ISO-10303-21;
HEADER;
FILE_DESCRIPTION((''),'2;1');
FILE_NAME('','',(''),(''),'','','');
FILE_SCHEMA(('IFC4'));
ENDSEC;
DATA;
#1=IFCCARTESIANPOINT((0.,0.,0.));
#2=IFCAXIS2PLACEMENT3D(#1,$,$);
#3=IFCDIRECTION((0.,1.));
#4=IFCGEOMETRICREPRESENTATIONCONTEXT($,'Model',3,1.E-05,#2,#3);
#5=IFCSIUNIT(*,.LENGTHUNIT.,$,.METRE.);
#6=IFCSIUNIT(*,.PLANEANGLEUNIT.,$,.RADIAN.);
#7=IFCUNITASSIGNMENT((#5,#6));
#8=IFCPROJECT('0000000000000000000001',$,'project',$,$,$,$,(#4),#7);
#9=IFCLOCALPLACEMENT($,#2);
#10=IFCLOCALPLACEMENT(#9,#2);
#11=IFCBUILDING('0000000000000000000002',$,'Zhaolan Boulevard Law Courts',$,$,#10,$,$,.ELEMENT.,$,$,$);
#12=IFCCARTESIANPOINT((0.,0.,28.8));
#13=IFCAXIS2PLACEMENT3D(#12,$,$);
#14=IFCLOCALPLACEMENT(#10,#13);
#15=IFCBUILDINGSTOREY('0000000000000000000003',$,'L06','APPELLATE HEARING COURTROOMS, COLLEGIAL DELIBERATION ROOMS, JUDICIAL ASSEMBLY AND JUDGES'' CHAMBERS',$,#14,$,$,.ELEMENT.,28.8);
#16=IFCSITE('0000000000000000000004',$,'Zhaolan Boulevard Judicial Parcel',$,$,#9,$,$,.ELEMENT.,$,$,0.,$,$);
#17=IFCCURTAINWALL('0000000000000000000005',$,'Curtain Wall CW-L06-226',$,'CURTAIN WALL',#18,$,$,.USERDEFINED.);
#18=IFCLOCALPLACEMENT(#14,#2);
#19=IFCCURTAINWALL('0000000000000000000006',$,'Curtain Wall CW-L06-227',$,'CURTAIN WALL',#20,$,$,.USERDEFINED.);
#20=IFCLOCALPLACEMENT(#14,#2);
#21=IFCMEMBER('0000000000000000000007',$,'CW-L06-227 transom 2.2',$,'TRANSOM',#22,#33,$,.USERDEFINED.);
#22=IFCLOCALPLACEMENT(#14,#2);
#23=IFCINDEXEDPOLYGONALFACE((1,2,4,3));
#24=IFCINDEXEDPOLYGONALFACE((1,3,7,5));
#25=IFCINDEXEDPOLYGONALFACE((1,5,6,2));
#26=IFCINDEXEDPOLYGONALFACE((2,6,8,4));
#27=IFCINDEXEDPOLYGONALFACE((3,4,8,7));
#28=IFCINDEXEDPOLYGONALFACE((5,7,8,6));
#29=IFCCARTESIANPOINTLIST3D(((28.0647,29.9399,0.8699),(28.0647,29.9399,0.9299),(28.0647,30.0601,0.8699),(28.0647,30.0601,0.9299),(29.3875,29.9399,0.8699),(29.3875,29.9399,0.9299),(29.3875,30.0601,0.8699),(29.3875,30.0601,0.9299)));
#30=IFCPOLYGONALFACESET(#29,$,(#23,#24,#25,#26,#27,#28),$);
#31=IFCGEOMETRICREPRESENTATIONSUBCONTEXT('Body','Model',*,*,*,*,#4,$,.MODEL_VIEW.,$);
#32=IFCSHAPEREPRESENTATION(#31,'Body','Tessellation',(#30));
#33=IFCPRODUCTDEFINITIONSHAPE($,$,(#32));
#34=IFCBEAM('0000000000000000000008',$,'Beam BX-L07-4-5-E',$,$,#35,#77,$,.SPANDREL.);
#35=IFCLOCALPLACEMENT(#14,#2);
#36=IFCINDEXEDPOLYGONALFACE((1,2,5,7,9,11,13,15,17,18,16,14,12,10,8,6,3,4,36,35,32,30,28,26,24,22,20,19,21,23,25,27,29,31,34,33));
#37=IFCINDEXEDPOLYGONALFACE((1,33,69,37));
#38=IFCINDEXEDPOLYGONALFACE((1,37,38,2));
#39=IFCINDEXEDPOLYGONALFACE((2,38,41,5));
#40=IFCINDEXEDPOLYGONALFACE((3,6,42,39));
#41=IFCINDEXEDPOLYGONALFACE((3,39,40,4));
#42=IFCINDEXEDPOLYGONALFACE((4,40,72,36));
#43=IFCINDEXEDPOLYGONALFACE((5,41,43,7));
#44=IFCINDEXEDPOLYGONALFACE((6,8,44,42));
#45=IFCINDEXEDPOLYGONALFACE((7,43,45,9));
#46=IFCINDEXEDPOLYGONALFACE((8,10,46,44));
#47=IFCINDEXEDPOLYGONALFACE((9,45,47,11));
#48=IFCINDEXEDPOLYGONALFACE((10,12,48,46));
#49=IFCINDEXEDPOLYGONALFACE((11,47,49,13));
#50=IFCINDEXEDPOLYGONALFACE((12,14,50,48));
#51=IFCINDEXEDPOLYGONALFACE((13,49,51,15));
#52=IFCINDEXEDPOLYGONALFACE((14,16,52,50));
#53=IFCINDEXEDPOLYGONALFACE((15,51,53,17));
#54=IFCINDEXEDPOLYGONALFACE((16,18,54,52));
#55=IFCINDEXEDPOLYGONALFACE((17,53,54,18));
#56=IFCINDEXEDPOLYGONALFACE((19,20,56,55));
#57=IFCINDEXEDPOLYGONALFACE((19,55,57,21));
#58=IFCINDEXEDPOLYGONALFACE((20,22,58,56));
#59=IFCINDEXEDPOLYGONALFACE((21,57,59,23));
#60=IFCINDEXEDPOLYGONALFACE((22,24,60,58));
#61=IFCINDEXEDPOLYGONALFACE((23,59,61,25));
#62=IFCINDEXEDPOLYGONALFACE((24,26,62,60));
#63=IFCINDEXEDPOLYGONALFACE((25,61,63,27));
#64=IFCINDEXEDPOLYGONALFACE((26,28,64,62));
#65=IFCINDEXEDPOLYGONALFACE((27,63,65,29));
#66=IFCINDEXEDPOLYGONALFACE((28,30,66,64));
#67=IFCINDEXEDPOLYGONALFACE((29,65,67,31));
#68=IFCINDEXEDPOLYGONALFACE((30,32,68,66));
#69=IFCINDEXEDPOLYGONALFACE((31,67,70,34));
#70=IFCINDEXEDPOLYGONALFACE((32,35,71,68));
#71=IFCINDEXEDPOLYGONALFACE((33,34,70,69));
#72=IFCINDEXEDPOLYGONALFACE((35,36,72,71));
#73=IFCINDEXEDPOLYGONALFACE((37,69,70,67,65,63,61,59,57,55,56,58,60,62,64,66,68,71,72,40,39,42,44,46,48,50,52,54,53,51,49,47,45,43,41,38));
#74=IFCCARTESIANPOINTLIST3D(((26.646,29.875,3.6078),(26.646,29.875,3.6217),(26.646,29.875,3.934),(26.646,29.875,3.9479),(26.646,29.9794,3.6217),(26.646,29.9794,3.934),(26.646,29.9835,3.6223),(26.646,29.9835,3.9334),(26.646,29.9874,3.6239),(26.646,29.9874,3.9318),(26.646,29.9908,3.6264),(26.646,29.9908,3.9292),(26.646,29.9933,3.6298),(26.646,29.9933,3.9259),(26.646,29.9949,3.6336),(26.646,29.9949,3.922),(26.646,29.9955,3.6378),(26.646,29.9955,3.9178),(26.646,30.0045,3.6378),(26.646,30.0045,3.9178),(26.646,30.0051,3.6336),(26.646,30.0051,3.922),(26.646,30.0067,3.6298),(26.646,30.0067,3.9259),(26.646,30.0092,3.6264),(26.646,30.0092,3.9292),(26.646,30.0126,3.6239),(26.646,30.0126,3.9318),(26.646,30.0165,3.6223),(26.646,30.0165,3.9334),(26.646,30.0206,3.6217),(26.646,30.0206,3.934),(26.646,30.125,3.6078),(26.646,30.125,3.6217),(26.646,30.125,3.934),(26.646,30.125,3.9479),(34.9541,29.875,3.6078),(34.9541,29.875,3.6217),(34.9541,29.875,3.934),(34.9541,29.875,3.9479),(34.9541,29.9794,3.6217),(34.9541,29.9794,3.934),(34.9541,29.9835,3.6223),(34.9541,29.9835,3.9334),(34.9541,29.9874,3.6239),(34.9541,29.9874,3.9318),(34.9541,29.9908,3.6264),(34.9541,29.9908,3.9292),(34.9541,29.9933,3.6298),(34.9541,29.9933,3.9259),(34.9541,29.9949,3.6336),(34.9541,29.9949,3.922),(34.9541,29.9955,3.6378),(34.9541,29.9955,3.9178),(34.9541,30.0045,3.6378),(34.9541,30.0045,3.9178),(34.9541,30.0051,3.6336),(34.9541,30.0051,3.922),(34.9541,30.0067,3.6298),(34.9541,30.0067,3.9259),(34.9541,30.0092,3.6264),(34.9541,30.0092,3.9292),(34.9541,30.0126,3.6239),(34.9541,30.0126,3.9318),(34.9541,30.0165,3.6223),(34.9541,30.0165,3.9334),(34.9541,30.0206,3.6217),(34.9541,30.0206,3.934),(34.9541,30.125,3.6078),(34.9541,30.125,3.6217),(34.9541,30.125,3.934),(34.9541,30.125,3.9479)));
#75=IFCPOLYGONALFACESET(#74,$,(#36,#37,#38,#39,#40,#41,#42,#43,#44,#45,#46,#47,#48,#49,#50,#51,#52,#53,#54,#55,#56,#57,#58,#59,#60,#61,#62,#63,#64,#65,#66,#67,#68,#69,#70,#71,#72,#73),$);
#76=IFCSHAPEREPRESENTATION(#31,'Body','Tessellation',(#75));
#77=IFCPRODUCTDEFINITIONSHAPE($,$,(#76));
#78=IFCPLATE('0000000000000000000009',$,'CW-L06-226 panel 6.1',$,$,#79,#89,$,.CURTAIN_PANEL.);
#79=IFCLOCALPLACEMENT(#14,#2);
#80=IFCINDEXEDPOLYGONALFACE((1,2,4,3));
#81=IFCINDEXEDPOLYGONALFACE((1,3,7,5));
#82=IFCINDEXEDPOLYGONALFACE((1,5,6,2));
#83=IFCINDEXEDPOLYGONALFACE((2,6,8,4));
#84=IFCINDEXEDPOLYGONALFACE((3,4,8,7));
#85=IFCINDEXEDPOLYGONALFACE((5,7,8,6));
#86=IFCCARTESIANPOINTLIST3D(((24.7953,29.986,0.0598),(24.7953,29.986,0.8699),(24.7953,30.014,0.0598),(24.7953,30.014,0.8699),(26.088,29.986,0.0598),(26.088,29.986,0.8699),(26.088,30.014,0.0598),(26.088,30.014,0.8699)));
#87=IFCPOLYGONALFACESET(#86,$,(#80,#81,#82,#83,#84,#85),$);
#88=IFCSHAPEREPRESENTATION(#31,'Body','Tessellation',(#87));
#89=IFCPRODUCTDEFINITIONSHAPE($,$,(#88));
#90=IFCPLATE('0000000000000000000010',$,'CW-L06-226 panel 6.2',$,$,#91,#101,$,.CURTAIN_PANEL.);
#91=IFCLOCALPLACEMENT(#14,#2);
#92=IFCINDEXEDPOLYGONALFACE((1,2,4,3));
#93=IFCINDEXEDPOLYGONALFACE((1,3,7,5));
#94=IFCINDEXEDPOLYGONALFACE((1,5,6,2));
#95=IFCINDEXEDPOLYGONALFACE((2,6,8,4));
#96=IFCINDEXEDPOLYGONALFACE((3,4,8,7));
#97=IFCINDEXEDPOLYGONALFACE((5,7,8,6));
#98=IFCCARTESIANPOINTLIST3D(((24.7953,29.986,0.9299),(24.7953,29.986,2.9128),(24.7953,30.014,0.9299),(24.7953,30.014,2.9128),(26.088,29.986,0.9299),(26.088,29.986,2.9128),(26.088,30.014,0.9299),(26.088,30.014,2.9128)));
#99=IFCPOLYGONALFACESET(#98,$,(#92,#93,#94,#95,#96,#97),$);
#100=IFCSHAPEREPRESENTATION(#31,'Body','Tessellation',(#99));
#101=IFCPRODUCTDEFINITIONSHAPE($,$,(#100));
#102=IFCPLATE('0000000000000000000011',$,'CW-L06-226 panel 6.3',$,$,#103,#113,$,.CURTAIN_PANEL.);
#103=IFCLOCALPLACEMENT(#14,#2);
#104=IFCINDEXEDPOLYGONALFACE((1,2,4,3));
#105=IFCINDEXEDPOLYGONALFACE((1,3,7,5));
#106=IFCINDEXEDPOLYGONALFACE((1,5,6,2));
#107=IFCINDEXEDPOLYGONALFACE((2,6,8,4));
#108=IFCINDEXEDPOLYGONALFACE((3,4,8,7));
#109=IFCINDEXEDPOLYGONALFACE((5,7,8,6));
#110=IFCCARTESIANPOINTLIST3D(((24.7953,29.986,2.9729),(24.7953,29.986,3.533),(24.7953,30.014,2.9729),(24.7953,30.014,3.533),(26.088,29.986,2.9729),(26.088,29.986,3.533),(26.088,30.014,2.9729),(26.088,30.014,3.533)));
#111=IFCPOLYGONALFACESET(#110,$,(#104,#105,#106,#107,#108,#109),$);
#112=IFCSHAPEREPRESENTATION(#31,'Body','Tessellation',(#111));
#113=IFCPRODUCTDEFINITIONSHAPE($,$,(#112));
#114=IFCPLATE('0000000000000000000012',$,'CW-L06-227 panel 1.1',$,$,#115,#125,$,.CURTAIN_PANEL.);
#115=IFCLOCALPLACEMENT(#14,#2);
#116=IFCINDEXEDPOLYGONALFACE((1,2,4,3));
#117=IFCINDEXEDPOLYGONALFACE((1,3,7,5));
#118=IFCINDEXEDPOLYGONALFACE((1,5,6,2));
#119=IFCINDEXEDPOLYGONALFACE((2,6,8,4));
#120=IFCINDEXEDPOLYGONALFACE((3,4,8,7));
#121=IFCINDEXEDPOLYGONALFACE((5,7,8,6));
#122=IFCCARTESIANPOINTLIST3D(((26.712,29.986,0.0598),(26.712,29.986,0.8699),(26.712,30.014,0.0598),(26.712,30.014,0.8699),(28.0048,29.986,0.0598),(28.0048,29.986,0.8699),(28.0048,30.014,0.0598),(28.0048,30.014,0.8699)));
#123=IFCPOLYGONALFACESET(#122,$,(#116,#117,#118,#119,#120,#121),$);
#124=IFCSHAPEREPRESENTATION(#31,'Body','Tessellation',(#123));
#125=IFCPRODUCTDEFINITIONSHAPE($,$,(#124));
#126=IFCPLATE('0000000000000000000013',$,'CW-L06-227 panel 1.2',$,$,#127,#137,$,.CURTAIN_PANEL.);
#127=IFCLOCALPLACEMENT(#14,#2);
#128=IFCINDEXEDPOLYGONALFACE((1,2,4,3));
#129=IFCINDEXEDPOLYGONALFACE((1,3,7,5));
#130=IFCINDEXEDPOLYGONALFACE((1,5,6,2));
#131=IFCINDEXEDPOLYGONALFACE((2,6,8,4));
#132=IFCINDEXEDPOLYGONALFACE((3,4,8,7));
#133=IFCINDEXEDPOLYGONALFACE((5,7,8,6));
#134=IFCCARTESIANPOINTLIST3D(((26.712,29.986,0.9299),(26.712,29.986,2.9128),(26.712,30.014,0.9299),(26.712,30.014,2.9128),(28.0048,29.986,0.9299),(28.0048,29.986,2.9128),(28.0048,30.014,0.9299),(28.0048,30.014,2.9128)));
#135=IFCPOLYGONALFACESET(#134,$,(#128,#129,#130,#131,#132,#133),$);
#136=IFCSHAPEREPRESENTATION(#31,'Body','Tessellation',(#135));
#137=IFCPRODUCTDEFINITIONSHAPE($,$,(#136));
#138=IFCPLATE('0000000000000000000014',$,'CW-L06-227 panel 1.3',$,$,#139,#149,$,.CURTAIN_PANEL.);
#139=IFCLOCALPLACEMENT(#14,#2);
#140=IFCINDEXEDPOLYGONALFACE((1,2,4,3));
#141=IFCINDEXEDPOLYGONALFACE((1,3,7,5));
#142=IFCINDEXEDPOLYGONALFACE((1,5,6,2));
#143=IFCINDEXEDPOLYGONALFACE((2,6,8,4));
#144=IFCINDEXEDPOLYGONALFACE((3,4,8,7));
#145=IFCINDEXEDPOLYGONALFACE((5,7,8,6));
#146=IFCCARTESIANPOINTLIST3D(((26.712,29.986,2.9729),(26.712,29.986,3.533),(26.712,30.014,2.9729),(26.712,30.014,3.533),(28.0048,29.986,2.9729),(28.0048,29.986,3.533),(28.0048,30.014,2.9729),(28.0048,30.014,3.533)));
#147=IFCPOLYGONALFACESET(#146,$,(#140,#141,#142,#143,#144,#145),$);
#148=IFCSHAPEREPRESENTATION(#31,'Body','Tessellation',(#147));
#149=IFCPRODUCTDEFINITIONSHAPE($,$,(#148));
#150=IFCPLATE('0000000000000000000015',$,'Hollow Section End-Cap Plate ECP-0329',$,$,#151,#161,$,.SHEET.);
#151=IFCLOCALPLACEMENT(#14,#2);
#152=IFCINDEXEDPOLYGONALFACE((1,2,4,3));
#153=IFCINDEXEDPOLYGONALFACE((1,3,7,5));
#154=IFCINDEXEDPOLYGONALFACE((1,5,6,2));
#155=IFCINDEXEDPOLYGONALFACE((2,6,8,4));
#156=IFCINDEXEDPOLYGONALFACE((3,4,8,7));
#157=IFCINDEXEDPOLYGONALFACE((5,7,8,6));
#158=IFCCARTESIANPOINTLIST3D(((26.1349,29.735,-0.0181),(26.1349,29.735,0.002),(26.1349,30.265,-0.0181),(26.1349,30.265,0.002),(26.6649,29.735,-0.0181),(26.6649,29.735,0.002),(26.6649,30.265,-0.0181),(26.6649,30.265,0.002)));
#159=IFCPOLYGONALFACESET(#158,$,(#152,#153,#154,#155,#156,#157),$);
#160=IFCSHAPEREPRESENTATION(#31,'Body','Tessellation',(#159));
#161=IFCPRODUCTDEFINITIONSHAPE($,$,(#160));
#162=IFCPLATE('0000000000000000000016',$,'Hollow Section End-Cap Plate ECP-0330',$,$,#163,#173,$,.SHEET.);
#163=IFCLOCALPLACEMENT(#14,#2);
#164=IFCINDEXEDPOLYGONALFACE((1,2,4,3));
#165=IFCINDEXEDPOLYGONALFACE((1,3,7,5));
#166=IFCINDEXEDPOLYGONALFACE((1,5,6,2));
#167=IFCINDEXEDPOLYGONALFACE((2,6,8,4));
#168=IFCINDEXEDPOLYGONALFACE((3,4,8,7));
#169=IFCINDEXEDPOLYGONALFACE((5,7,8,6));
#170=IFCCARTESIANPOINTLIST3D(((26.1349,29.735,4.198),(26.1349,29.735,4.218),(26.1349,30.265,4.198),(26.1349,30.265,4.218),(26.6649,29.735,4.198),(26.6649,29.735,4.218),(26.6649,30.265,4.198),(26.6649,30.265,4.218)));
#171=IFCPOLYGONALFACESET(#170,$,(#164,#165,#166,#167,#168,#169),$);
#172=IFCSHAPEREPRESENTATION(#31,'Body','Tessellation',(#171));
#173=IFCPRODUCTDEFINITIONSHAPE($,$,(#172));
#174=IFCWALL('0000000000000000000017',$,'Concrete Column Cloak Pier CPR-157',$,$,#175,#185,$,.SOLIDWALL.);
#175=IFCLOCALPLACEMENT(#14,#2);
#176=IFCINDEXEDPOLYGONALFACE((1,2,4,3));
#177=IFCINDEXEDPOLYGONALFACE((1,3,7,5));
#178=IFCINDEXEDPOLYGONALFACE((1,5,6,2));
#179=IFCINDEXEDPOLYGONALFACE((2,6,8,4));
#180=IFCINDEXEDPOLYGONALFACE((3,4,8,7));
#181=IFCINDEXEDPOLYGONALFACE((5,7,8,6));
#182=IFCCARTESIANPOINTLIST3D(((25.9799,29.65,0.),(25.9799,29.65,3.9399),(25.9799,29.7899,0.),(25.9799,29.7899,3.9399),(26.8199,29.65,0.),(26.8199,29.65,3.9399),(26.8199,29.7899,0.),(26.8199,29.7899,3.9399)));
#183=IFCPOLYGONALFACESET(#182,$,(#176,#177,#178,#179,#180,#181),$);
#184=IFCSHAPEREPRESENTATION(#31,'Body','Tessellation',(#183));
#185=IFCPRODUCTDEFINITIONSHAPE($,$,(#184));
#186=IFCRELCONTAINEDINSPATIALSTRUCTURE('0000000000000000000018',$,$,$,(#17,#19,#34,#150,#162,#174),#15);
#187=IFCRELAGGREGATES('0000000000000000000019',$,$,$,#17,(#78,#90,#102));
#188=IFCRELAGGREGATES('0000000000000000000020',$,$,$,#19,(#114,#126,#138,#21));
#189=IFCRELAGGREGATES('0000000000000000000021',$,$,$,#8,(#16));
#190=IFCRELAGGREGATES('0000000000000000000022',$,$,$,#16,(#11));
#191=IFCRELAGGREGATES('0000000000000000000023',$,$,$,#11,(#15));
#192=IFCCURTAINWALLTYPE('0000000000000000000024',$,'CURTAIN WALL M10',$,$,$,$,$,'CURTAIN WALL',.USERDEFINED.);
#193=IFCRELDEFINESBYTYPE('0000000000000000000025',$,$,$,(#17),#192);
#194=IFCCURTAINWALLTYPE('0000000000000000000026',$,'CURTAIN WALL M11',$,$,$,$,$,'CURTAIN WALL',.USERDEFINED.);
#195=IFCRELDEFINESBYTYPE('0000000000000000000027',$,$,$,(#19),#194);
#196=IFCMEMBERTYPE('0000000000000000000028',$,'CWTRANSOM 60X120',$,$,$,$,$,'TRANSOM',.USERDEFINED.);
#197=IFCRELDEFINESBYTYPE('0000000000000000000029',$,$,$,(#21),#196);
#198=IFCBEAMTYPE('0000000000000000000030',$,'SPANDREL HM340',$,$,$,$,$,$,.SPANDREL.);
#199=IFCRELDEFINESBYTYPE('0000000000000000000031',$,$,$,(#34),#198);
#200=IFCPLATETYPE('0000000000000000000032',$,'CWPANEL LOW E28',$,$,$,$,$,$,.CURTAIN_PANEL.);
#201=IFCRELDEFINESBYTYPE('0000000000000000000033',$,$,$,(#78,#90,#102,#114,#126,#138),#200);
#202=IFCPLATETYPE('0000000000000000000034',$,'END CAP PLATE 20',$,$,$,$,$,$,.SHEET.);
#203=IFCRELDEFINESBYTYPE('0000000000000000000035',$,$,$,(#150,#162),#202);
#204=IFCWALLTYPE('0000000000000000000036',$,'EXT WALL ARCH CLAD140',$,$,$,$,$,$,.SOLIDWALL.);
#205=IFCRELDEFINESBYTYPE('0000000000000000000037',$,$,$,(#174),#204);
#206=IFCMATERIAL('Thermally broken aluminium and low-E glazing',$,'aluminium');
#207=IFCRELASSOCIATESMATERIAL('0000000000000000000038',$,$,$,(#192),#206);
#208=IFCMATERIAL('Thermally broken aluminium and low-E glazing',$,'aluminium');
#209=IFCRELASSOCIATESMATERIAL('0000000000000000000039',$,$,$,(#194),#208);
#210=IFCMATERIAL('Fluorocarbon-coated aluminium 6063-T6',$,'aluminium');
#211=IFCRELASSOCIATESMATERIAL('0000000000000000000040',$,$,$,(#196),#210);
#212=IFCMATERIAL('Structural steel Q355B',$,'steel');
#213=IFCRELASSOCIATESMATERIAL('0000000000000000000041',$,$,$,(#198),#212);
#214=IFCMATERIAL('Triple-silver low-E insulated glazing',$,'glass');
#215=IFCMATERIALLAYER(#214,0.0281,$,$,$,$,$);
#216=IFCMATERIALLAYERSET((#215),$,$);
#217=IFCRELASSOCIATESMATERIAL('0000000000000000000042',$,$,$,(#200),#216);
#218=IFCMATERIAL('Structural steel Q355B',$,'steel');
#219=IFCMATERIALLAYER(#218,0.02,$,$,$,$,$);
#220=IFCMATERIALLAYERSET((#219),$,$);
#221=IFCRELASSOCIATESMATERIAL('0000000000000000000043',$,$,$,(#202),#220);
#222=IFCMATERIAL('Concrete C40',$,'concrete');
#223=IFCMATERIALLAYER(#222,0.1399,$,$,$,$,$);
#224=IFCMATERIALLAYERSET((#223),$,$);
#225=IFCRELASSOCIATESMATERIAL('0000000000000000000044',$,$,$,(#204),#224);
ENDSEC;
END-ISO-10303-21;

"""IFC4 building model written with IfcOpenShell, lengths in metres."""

from ifc_helpers import new_model, si_unit, direction, frame, frame_2d, origin, origin_2d, place, context, subcontext, project, spatial, rectangle, i_section, extrude, material, layer, layer_set, material_profile, profile_set, type_object, element, aggregate, save


model = new_model("IFC4")

# Units and contexts
model_context = context("Model", 3, precision=1e-05, world=origin(), true_north=direction((0.0, 1.0)))
body_context = subcontext(model_context, "Body", "Model", "MODEL_VIEW")
ifc_project = project(units=[si_unit("LENGTHUNIT", "METRE"), si_unit("PLANEANGLEUNIT", "RADIAN")], contexts=[model_context])

# Site, building, storey
site_placement = place(None, origin())
site = spatial("IfcSite", under=ifc_project, at=site_placement, Name="Zhaolan Boulevard Judicial Parcel", CompositionType="ELEMENT", RefElevation=0.0)
building_placement = place(site_placement, origin())
building = spatial("IfcBuilding", under=site, at=building_placement, Name="Zhaolan Boulevard Law Courts", CompositionType="ELEMENT")
storey_placement = place(building_placement, frame((0.0, 0.0, 28.8)))
storey = spatial("IfcBuildingStorey", under=building, at=storey_placement, Name="L06", Description="APPELLATE HEARING COURTROOMS, COLLEGIAL DELIBERATION ROOMS, JUDICIAL ASSEMBLY AND JUDGES' CHAMBERS", CompositionType="ELEMENT", Elevation=28.8)

# Curtain wall
ifc_material_1 = material(Name="Thermally broken aluminium and low-E glazing", Category="aluminium")
curtain_wall_type_1 = type_object("IfcCurtainWallType", Name="CURTAIN WALL M10", ElementType="CURTAIN WALL", PredefinedType="USERDEFINED", material=ifc_material_1)
curtain_wall_1_placement = place(storey_placement, origin())
curtain_wall_1 = element("IfcCurtainWall", 1, at=curtain_wall_1_placement, inside=storey, type_object=curtain_wall_type_1, Name="Curtain Wall CW-L06-226", ObjectType="CURTAIN WALL", PredefinedType="USERDEFINED")

# Curtain wall
ifc_material_2 = material(Name="Thermally broken aluminium and low-E glazing", Category="aluminium")
curtain_wall_type_2 = type_object("IfcCurtainWallType", Name="CURTAIN WALL M11", ElementType="CURTAIN WALL", PredefinedType="USERDEFINED", material=ifc_material_2)
curtain_wall_2_placement = place(storey_placement, origin())
curtain_wall_2 = element("IfcCurtainWall", 2, at=curtain_wall_2_placement, inside=storey, type_object=curtain_wall_type_2, Name="Curtain Wall CW-L06-227", ObjectType="CURTAIN WALL", PredefinedType="USERDEFINED")

# Member
ifc_material_3 = material(Name="Fluorocarbon-coated aluminium 6063-T6", Category="aluminium")
ifc_material_profile_1 = material_profile(ifc_material_3, rectangle(XDim=0.1201, YDim=0.0601, at=origin_2d()), Name="AL60x120")
ifc_profile_set_1 = profile_set([ifc_material_profile_1], Name="Fluorocarbon-coated aluminium 6063-T6")
member_type_1 = type_object("IfcMemberType", Name="CWTRANSOM 60X120", ElementType="TRANSOM", PredefinedType="USERDEFINED", material=ifc_profile_set_1)
member_1_placement = place(storey_placement, frame((28.0647, 30.0, 0.8999), z_axis=(1.0, 0.0, 0.0), x_axis=(0.0, 1.0, 0.0)))
member_1 = element("IfcMember", 3, at=member_1_placement, type_object=member_type_1, Name="CW-L06-227 transom 2.2", ObjectType="TRANSOM", PredefinedType="USERDEFINED", context=body_context, shape_type="SweptSolid", body=[
    extrude(rectangle(XDim=0.1201, YDim=0.0601, at=origin_2d()), origin(), (0.0, 0.0, 1.0), 1.3228),
])

# Beam
ifc_material_4 = material(Name="Structural steel Q355B", Category="steel")
ifc_material_profile_2 = material_profile(ifc_material_4, i_section(OverallWidth=0.25, OverallDepth=0.3401, WebThickness=0.009, FlangeThickness=0.0139, FilletRadius=0.0161, at=origin_2d()), Name="HM340x250")
ifc_profile_set_2 = profile_set([ifc_material_profile_2], Name="Structural steel Q355B")
beam_type = type_object("IfcBeamType", Name="SPANDREL HM340", PredefinedType="SPANDREL", material=ifc_profile_set_2)
beam_placement = place(storey_placement, frame((26.646, 30.0, 3.7778), z_axis=(1.0, 0.0, 0.0), x_axis=(0.0, 1.0, 0.0)))
element("IfcBeam", 4, at=beam_placement, inside=storey, type_object=beam_type, Name="Beam BX-L07-4-5-E", PredefinedType="SPANDREL", context=body_context, shape_type="SweptSolid", body=[
    extrude(i_section(OverallWidth=0.25, OverallDepth=0.3401, WebThickness=0.009, FlangeThickness=0.0139, FilletRadius=0.0161, at=origin_2d()), origin(), (0.0, 0.0, 1.0), 8.3081),
])

# Plates
ifc_material_5 = material(Name="Triple-silver low-E insulated glazing", Category="glass")
ifc_layer_1 = layer(ifc_material_5, 0.0281)
ifc_layer_set_1 = layer_set([ifc_layer_1])
plate_type_1 = type_object("IfcPlateType", Name="CWPANEL LOW E28", PredefinedType="CURTAIN_PANEL", material=ifc_layer_set_1)
plate_1_placement = place(storey_placement, frame((25.4417, 30.0, 0.0598), z_axis=(0.0, 0.0, 1.0), x_axis=(1.0, 0.0, 0.0)))
plate_1 = element("IfcPlate", 5, at=plate_1_placement, type_object=plate_type_1, Name="CW-L06-226 panel 6.1", PredefinedType="CURTAIN_PANEL", context=body_context, shape_type="SweptSolid", body=[
    extrude(rectangle(XDim=1.2927, YDim=0.0281, at=origin_2d()), origin(), (0.0, 0.0, 1.0), 0.8101),
])
plate_2_placement = place(storey_placement, frame((25.4417, 30.0, 0.9299), z_axis=(0.0, 0.0, 1.0), x_axis=(1.0, 0.0, 0.0)))
plate_2 = element("IfcPlate", 6, at=plate_2_placement, type_object=plate_type_1, Name="CW-L06-226 panel 6.2", PredefinedType="CURTAIN_PANEL", context=body_context, shape_type="SweptSolid", body=[
    extrude(rectangle(XDim=1.2927, YDim=0.0281, at=origin_2d()), origin(), (0.0, 0.0, 1.0), 1.9829),
])
plate_3_placement = place(storey_placement, frame((25.4417, 30.0, 2.9729), z_axis=(0.0, 0.0, 1.0), x_axis=(1.0, 0.0, 0.0)))
plate_3 = element("IfcPlate", 7, at=plate_3_placement, type_object=plate_type_1, Name="CW-L06-226 panel 6.3", PredefinedType="CURTAIN_PANEL", context=body_context, shape_type="SweptSolid", body=[
    extrude(rectangle(XDim=1.2927, YDim=0.0281, at=origin_2d()), origin(), (0.0, 0.0, 1.0), 0.5601),
])
aggregate(curtain_wall_1, [plate_1, plate_2, plate_3])
plate_4_placement = place(storey_placement, frame((27.3584, 30.0, 0.0598), z_axis=(0.0, 0.0, 1.0), x_axis=(1.0, 0.0, 0.0)))
plate_4 = element("IfcPlate", 8, at=plate_4_placement, type_object=plate_type_1, Name="CW-L06-227 panel 1.1", PredefinedType="CURTAIN_PANEL", context=body_context, shape_type="SweptSolid", body=[
    extrude(rectangle(XDim=1.2927, YDim=0.0281, at=origin_2d()), origin(), (0.0, 0.0, 1.0), 0.8101),
])
plate_5_placement = place(storey_placement, frame((27.3584, 30.0, 0.9299), z_axis=(0.0, 0.0, 1.0), x_axis=(1.0, 0.0, 0.0)))
plate_5 = element("IfcPlate", 9, at=plate_5_placement, type_object=plate_type_1, Name="CW-L06-227 panel 1.2", PredefinedType="CURTAIN_PANEL", context=body_context, shape_type="SweptSolid", body=[
    extrude(rectangle(XDim=1.2927, YDim=0.0281, at=origin_2d()), origin(), (0.0, 0.0, 1.0), 1.9829),
])
plate_6_placement = place(storey_placement, frame((27.3584, 30.0, 2.9729), z_axis=(0.0, 0.0, 1.0), x_axis=(1.0, 0.0, 0.0)))
plate_6 = element("IfcPlate", 10, at=plate_6_placement, type_object=plate_type_1, Name="CW-L06-227 panel 1.3", PredefinedType="CURTAIN_PANEL", context=body_context, shape_type="SweptSolid", body=[
    extrude(rectangle(XDim=1.2927, YDim=0.0281, at=origin_2d()), origin(), (0.0, 0.0, 1.0), 0.5601),
])
aggregate(curtain_wall_2, [plate_4, plate_5, plate_6, member_1])

# Plates
ifc_material_6 = material(Name="Structural steel Q355B", Category="steel")
ifc_layer_2 = layer(ifc_material_6, 0.02)
ifc_layer_set_2 = layer_set([ifc_layer_2])
plate_type_2 = type_object("IfcPlateType", Name="END CAP PLATE 20", PredefinedType="SHEET", material=ifc_layer_set_2)
for number, where, z_axis, x_axis, name in (
    (11, (26.3999, 30.0, -0.0181), (0.0, 0.0, 1.0), (1.0, 0.0, 0.0), "Hollow Section End-Cap Plate ECP-0329"),
    (12, (26.3999, 30.0, 4.198), (0.0, 0.0, 1.0), (1.0, 0.0, 0.0), "Hollow Section End-Cap Plate ECP-0330"),
):
    element("IfcPlate", number, at=place(storey_placement, frame(where, z_axis=z_axis, x_axis=x_axis)), inside=storey, type_object=plate_type_2, Name=name, PredefinedType="SHEET", context=body_context, shape_type="SweptSolid", body=[
        extrude(rectangle(XDim=0.53, YDim=0.53, at=origin_2d()), origin(), (0.0, 0.0, 1.0), 0.02),
    ])

# Wall
ifc_material_7 = material(Name="Concrete C40", Category="concrete")
ifc_layer_3 = layer(ifc_material_7, 0.1399)
ifc_layer_set_3 = layer_set([ifc_layer_3])
wall_type = type_object("IfcWallType", Name="EXT WALL ARCH CLAD140", PredefinedType="SOLIDWALL", material=ifc_layer_set_3)
wall_placement = place(storey_placement, frame((25.98, 29.72, 0.0), z_axis=(0.0, 0.0, 1.0), x_axis=(1.0, 0.0, 0.0)))
element("IfcWall", 13, at=wall_placement, inside=storey, type_object=wall_type, Name="Concrete Column Cloak Pier CPR-157", PredefinedType="SOLIDWALL", context=body_context, shape_type="SweptSolid", body=[
    extrude(rectangle(XDim=0.8401, YDim=0.1399, at=frame_2d((0.4199, 0.0))), origin(), (0.0, 0.0, 1.0), 3.9399),
])

save(model, "model.ifc")
